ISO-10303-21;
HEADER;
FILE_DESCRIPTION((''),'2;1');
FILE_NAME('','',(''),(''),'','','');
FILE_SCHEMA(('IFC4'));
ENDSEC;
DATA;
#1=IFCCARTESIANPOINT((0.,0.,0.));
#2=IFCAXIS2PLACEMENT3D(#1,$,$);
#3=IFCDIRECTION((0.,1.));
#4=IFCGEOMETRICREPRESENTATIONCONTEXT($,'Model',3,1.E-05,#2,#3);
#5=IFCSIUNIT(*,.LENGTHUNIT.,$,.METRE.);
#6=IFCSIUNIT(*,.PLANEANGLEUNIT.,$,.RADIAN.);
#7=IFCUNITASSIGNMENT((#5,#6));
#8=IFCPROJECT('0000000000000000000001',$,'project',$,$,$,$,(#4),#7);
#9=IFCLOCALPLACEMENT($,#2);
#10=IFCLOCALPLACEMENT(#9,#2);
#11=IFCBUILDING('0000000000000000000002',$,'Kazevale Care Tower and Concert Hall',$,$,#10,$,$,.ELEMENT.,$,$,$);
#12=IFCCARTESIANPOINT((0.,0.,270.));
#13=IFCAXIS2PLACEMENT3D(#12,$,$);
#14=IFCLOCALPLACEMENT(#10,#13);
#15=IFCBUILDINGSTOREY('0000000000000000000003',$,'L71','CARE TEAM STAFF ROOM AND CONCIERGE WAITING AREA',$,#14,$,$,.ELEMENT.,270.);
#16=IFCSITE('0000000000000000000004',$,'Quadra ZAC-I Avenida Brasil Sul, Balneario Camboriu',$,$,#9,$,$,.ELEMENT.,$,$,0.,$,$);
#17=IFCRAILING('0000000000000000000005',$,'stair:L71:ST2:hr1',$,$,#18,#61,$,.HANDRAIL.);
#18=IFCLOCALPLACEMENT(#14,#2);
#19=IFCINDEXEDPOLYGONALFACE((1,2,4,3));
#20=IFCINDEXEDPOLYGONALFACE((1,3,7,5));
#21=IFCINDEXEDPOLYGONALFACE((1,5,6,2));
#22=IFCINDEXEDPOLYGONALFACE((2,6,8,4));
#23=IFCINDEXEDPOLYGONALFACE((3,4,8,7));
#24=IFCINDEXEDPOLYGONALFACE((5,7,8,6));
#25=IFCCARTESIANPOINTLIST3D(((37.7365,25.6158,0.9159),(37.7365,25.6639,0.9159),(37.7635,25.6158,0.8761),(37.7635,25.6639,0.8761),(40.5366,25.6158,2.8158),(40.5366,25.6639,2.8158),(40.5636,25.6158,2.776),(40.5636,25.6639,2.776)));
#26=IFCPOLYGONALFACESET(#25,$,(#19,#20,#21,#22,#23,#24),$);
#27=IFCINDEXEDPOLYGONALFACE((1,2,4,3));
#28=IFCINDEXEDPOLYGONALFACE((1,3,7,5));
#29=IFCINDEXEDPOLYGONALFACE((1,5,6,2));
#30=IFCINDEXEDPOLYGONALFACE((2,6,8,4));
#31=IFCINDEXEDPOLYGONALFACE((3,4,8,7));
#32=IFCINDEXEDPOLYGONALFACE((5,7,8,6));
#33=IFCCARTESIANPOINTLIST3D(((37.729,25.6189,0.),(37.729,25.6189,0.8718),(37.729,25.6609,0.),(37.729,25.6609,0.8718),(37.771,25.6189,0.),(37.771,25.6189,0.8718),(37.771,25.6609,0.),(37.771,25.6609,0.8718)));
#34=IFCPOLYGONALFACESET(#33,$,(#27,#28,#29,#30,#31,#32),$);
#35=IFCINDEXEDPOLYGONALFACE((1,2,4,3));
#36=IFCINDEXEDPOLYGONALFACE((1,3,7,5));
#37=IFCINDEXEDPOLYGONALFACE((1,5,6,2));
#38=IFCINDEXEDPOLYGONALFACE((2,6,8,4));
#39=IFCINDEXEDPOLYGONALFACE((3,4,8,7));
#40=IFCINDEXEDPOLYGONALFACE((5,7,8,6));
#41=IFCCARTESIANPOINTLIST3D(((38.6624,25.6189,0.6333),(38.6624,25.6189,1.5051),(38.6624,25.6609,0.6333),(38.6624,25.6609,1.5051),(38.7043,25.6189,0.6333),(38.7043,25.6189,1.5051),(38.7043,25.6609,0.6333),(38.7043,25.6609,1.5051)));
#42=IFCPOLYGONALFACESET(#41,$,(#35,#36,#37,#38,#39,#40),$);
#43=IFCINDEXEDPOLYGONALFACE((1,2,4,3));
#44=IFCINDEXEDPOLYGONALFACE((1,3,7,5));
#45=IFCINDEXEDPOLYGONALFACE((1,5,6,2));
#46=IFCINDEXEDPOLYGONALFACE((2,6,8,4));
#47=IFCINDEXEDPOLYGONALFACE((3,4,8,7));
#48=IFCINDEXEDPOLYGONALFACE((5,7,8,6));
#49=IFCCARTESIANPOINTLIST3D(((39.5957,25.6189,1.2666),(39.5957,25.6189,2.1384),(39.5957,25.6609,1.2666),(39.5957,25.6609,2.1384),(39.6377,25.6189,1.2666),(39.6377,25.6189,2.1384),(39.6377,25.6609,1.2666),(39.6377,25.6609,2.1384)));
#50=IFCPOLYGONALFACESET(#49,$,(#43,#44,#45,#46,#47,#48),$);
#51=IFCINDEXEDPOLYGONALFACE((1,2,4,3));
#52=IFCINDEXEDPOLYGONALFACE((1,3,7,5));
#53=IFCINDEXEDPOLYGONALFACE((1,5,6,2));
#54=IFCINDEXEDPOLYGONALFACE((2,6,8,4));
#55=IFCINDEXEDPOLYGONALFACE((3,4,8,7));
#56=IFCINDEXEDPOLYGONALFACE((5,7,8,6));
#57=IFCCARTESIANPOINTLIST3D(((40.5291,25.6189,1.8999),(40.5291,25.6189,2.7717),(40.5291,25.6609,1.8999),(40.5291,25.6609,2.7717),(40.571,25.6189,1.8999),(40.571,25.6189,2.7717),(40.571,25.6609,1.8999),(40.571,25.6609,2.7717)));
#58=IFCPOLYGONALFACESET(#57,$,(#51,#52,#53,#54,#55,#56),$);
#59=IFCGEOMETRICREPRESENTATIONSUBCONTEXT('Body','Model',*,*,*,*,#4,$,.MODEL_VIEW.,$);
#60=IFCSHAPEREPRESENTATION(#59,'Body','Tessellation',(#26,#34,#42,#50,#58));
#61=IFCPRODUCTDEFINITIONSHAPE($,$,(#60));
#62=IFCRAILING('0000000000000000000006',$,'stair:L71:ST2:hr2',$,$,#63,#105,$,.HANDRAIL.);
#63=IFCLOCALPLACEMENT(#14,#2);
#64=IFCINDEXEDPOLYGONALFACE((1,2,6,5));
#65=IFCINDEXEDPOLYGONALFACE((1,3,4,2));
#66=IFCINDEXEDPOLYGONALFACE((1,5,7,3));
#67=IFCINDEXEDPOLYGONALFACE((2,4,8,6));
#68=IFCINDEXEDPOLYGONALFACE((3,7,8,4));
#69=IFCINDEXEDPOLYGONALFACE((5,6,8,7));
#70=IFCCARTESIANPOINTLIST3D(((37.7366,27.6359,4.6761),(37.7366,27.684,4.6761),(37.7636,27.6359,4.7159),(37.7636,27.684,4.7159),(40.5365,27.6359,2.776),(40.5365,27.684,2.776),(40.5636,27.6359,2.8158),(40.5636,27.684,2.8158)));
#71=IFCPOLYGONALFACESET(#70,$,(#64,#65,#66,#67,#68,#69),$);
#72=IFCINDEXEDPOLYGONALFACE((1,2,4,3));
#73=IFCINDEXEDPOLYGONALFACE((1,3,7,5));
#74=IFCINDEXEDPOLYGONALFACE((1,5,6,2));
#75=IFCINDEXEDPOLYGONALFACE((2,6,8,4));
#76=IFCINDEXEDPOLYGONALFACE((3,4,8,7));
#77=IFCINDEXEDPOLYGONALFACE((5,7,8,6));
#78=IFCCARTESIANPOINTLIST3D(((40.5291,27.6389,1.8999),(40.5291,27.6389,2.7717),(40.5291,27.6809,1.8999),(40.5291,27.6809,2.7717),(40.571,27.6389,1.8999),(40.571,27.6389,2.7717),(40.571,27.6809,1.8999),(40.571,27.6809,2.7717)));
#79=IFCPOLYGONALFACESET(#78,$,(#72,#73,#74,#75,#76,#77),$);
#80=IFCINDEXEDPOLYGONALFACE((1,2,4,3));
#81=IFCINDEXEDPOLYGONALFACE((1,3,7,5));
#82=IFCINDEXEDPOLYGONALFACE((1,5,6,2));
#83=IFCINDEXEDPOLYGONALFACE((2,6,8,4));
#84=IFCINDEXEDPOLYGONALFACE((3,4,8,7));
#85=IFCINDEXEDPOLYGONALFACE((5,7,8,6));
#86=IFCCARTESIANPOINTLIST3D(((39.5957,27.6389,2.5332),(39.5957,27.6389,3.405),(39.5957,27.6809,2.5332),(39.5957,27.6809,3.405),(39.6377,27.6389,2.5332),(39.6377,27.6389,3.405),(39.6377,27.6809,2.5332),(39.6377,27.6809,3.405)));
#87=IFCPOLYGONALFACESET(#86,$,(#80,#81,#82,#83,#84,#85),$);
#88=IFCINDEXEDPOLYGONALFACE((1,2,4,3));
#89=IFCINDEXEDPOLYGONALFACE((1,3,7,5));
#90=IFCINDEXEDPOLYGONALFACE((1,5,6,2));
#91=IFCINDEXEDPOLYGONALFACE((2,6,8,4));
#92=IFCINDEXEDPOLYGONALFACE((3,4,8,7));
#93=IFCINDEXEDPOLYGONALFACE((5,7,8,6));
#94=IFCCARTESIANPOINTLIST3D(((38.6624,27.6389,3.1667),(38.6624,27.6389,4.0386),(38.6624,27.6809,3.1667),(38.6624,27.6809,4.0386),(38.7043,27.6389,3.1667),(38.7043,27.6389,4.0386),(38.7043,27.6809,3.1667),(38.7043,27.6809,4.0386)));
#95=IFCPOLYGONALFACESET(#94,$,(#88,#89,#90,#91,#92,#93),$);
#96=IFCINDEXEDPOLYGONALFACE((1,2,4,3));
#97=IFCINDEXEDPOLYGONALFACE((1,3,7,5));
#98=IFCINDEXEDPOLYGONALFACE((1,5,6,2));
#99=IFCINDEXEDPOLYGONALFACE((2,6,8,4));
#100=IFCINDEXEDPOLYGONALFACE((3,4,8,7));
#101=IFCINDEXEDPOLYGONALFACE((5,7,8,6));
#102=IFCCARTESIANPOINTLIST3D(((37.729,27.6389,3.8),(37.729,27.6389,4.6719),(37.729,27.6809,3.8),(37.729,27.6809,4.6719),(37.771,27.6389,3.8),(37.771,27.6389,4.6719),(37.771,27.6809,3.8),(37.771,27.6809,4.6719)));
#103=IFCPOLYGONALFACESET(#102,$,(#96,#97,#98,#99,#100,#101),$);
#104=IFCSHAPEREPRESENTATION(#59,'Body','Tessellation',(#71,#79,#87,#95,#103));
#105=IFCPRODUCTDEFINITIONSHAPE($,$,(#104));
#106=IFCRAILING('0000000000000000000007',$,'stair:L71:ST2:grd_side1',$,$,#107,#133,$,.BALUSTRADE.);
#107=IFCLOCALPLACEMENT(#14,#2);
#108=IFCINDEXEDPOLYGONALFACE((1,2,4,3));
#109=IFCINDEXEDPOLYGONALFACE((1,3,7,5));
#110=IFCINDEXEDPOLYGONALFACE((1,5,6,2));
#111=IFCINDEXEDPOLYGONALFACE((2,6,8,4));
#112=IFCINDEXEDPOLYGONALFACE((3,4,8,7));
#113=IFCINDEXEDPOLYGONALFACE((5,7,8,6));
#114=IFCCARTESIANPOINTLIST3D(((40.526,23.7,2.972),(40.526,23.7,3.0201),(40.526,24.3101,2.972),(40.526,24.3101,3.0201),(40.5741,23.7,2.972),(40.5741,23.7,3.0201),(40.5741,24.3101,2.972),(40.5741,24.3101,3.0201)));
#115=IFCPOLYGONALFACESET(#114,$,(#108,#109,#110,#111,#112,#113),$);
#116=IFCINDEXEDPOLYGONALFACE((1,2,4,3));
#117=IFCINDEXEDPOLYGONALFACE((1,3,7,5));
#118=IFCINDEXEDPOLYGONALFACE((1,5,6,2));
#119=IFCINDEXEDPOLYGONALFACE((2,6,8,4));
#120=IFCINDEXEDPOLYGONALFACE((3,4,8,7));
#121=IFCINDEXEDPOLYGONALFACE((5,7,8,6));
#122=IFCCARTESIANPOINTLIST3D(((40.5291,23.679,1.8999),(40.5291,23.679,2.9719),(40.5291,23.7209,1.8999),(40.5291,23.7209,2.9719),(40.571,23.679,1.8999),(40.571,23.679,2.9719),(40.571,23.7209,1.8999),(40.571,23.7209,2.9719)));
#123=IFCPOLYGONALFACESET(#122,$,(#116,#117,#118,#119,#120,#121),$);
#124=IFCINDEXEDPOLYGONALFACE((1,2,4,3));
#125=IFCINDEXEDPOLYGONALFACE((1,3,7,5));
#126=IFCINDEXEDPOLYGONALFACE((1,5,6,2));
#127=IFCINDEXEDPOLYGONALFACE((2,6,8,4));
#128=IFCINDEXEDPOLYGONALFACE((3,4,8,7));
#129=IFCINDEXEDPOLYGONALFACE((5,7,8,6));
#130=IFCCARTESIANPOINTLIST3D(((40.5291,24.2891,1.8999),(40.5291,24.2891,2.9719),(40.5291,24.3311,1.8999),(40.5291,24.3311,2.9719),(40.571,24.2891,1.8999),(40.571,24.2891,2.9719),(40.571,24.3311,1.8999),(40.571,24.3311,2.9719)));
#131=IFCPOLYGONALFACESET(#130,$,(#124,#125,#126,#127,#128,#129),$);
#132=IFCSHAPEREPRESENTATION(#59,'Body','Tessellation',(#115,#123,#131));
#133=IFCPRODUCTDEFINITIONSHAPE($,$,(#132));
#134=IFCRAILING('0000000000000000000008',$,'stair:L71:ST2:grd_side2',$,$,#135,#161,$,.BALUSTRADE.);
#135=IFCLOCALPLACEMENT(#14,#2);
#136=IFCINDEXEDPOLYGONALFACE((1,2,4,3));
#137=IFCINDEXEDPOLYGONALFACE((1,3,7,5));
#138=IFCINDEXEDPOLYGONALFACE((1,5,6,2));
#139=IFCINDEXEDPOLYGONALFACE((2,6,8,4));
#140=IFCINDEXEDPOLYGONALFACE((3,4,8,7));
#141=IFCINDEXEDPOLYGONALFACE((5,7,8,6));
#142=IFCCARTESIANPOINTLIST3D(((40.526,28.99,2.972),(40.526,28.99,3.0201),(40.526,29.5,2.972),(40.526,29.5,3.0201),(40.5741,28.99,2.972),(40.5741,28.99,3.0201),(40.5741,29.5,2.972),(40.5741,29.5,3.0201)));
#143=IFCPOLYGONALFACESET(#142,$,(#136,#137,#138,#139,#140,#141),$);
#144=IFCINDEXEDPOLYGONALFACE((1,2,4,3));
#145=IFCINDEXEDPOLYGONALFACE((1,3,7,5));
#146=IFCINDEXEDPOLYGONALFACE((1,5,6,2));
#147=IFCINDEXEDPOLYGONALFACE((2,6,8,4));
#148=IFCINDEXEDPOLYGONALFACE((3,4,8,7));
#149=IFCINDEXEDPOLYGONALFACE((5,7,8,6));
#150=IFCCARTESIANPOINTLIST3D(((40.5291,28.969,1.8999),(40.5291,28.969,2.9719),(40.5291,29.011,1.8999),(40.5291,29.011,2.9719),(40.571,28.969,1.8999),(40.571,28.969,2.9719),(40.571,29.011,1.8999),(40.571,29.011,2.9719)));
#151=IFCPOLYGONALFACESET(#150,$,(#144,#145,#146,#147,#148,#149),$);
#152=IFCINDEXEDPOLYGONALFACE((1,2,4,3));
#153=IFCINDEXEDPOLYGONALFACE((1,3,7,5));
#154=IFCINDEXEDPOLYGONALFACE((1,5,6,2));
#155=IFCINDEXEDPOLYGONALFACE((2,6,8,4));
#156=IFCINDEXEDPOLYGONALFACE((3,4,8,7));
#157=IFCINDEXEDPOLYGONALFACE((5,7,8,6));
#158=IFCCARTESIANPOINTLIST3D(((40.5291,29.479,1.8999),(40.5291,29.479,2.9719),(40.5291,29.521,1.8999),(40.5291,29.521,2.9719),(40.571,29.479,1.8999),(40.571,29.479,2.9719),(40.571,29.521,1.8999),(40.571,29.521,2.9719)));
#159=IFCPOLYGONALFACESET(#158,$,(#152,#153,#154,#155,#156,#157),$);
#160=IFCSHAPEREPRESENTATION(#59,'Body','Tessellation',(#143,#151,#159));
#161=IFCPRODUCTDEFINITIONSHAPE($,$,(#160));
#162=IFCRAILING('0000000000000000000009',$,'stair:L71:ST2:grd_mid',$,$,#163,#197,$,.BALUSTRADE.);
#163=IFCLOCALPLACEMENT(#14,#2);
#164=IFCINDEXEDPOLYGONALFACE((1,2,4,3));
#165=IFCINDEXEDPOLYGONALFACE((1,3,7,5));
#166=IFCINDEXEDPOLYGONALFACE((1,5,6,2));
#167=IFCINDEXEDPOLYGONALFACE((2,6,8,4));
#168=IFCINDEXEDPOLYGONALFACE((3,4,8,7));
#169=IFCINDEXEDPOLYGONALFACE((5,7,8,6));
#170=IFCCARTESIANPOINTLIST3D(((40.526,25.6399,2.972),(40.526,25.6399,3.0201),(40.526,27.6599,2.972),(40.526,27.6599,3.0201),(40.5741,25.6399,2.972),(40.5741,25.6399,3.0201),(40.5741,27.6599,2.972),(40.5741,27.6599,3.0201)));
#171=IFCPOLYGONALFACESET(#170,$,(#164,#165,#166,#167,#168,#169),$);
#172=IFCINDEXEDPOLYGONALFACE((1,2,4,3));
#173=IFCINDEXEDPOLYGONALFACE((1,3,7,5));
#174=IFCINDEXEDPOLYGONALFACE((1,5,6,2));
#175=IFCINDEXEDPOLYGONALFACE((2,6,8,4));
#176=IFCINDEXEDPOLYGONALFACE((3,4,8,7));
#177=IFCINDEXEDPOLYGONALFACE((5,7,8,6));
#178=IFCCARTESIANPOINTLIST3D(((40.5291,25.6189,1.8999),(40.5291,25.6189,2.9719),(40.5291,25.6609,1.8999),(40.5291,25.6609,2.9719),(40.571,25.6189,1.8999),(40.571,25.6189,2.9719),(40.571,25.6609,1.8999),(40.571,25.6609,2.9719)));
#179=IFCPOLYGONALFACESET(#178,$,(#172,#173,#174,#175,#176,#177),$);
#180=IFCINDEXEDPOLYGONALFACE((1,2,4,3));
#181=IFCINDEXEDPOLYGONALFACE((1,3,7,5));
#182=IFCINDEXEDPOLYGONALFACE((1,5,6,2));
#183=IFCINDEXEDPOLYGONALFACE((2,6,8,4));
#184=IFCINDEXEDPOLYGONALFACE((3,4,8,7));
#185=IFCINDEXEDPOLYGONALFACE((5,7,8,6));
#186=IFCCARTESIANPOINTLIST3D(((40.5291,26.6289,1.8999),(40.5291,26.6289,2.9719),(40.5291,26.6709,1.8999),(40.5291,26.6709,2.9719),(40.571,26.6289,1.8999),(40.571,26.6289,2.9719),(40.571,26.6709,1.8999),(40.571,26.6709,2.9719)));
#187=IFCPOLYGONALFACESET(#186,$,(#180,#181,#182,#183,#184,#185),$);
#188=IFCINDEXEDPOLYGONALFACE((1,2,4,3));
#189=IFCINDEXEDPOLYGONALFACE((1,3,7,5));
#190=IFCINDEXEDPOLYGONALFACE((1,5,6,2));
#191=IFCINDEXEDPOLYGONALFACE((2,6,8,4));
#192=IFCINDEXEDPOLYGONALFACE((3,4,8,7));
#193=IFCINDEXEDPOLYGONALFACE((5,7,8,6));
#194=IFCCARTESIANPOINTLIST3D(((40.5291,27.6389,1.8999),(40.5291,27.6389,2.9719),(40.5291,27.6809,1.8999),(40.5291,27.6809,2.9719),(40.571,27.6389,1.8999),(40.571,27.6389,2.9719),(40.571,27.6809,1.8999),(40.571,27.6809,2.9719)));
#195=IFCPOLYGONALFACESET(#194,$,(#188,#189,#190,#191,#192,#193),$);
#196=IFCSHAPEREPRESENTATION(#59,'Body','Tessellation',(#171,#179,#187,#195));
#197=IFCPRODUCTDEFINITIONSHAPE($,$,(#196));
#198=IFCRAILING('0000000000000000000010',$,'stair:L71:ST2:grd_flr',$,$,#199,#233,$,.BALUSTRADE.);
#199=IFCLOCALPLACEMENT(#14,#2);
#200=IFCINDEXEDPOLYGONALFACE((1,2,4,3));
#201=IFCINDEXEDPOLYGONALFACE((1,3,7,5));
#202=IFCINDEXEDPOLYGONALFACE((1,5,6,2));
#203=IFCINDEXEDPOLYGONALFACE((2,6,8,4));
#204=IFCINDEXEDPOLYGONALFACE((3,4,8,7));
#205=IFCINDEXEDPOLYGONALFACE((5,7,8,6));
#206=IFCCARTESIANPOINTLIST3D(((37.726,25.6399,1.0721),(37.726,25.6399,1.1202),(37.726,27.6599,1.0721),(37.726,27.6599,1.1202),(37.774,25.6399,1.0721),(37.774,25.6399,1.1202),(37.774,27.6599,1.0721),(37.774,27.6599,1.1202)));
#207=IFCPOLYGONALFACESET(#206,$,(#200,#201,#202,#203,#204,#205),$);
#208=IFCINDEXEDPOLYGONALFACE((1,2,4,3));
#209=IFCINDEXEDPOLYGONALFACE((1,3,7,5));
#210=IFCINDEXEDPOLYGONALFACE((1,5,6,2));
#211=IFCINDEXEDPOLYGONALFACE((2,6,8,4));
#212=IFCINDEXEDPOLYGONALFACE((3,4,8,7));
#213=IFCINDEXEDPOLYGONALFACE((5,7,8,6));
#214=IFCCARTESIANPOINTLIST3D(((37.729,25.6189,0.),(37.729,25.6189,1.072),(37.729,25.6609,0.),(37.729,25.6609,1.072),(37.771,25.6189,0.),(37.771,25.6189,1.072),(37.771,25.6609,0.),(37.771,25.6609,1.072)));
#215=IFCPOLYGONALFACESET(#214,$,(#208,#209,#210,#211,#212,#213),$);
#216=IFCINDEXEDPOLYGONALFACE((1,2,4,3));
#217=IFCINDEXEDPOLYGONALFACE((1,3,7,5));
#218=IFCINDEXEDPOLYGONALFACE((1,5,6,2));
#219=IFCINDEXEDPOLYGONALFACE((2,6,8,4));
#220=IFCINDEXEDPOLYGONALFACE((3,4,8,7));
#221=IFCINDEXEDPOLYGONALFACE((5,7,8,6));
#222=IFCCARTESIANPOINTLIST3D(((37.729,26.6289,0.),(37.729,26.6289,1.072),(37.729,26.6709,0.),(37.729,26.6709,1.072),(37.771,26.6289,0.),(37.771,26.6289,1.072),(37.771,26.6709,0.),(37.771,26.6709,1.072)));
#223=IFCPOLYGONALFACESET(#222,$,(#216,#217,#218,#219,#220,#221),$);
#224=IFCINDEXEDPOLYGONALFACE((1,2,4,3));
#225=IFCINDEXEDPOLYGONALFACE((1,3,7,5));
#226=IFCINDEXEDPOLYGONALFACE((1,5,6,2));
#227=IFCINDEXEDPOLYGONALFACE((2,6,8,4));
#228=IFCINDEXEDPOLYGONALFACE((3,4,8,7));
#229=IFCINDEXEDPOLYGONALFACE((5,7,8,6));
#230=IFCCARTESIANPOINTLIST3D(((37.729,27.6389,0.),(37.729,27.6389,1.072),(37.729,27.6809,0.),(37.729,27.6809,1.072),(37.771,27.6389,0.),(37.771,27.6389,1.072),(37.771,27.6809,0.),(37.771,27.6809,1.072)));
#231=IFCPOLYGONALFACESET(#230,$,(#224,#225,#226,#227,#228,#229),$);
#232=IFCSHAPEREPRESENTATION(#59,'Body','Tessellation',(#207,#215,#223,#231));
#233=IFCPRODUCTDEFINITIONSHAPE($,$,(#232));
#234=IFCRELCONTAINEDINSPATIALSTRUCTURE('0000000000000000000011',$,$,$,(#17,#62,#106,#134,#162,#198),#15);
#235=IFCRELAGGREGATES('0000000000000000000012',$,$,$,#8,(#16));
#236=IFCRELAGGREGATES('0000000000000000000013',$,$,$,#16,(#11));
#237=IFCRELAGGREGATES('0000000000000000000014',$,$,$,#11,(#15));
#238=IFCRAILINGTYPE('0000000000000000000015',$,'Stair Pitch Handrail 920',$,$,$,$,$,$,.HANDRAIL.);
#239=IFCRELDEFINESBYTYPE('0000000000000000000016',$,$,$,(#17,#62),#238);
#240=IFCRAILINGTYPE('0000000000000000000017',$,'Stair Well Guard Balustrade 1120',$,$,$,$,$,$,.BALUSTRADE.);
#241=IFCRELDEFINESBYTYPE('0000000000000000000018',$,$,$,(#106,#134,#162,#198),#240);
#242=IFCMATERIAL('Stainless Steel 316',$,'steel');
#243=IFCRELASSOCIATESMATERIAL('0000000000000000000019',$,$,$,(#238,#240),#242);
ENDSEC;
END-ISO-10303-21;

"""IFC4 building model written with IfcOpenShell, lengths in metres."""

from ifc_helpers import new_model, si_unit, direction, frame, origin, origin_2d, place, context, subcontext, project, spatial, rectangle, extrude, material, type_object, element, save


model = new_model("IFC4")

# Units and contexts
model_context = context("Model", 3, precision=1e-05, world=origin(), true_north=direction((0.0, 1.0)))
body_context = subcontext(model_context, "Body", "Model", "MODEL_VIEW")
ifc_project = project(units=[si_unit("LENGTHUNIT", "METRE"), si_unit("PLANEANGLEUNIT", "RADIAN")], contexts=[model_context])

# Site, building, storey
site_placement = place(None, origin())
site = spatial("IfcSite", under=ifc_project, at=site_placement, Name="Quadra ZAC-I Avenida Brasil Sul, Balneario Camboriu", CompositionType="ELEMENT", RefElevation=0.0)
building_placement = place(site_placement, origin())
building = spatial("IfcBuilding", under=site, at=building_placement, Name="Kazevale Care Tower and Concert Hall", CompositionType="ELEMENT")
storey_placement = place(building_placement, frame((0.0, 0.0, 270.0)))
storey = spatial("IfcBuildingStorey", under=building, at=storey_placement, Name="L71", Description="CARE TEAM STAFF ROOM AND CONCIERGE WAITING AREA", CompositionType="ELEMENT", Elevation=270.0)

# Railings
ifc_material_1 = material(Name="Stainless Steel 316", Category="steel")
railing_type_1 = type_object("IfcRailingType", Name="Stair Pitch Handrail 920", PredefinedType="HANDRAIL", material=ifc_material_1)
railing_1_placement = place(storey_placement, frame((37.75, 25.6399, 0.0)))
element("IfcRailing", 1, at=railing_1_placement, inside=storey, type_object=railing_type_1, Name="stair:L71:ST2:hr1", PredefinedType="HANDRAIL", context=body_context, shape_type="SweptSolid", body=[
    extrude(rectangle(XDim=0.0481, YDim=0.0481, at=origin_2d()), frame((0.0, 0.0, 0.896), z_axis=(0.827494, 0.0, 0.561475), x_axis=(0.0, 1.0, 0.0)), (0.0, 0.0, 1.0), 3.3838),
    extrude(rectangle(XDim=0.042, YDim=0.042, at=origin_2d()), origin(), (0.0, 0.0, 1.0), 0.8718),
    extrude(rectangle(XDim=0.042, YDim=0.042, at=origin_2d()), frame((0.9333, 0.0, 0.6333)), (0.0, 0.0, 1.0), 0.8718),
    extrude(rectangle(XDim=0.042, YDim=0.042, at=origin_2d()), frame((1.8667, 0.0, 1.2666)), (0.0, 0.0, 1.0), 0.8718),
    extrude(rectangle(XDim=0.042, YDim=0.042, at=origin_2d()), frame((2.8, 0.0, 1.8999)), (0.0, 0.0, 1.0), 0.8718),
])
railing_2_placement = place(storey_placement, frame((40.55, 27.6599, 1.8999)))
element("IfcRailing", 2, at=railing_2_placement, inside=storey, type_object=railing_type_1, Name="stair:L71:ST2:hr2", PredefinedType="HANDRAIL", context=body_context, shape_type="SweptSolid", body=[
    extrude(rectangle(XDim=0.0481, YDim=0.0481, at=origin_2d()), frame((0.0, 0.0, 0.896), z_axis=(-0.82746, 0.0, 0.561524), x_axis=(0.0, -1.0, 0.0)), (0.0, 0.0, 1.0), 3.3838),
    extrude(rectangle(XDim=0.042, YDim=0.042, at=origin_2d()), origin(), (0.0, 0.0, 1.0), 0.8718),
    extrude(rectangle(XDim=0.042, YDim=0.042, at=origin_2d()), frame((-0.9333, 0.0, 0.6333)), (0.0, 0.0, 1.0), 0.8718),
    extrude(rectangle(XDim=0.042, YDim=0.042, at=origin_2d()), frame((-1.8667, 0.0, 1.2668)), (0.0, 0.0, 1.0), 0.8718),
    extrude(rectangle(XDim=0.042, YDim=0.042, at=origin_2d()), frame((-2.8, 0.0, 1.9001)), (0.0, 0.0, 1.0), 0.8718),
])
railing_type_2 = type_object("IfcRailingType", Name="Stair Well Guard Balustrade 1120", PredefinedType="BALUSTRADE", material=ifc_material_1)
railing_3_placement = place(storey_placement, frame((40.55, 23.7, 1.8999)))
element("IfcRailing", 3, at=railing_3_placement, inside=storey, type_object=railing_type_2, Name="stair:L71:ST2:grd_side1", PredefinedType="BALUSTRADE", context=body_context, shape_type="SweptSolid", body=[
    extrude(rectangle(XDim=0.0481, YDim=0.0481, at=origin_2d()), frame((0.0, 0.0, 1.0962), z_axis=(0.0, 1.0, 0.0), x_axis=(-1.0, 0.0, 0.0)), (0.0, 0.0, 1.0), 0.6101),
    extrude(rectangle(XDim=0.042, YDim=0.042, at=origin_2d()), origin(), (0.0, 0.0, 1.0), 1.072),
    extrude(rectangle(XDim=0.042, YDim=0.042, at=origin_2d()), frame((0.0, 0.6101, 0.0)), (0.0, 0.0, 1.0), 1.072),
])
railing_4_placement = place(storey_placement, frame((40.55, 28.99, 1.8999)))
element("IfcRailing", 4, at=railing_4_placement, inside=storey, type_object=railing_type_2, Name="stair:L71:ST2:grd_side2", PredefinedType="BALUSTRADE", context=body_context, shape_type="SweptSolid", body=[
    extrude(rectangle(XDim=0.0481, YDim=0.0481, at=origin_2d()), frame((0.0, 0.0, 1.0962), z_axis=(0.0, 1.0, 0.0), x_axis=(-1.0, 0.0, 0.0)), (0.0, 0.0, 1.0), 0.51),
    extrude(rectangle(XDim=0.042, YDim=0.042, at=origin_2d()), origin(), (0.0, 0.0, 1.0), 1.072),
    extrude(rectangle(XDim=0.042, YDim=0.042, at=origin_2d()), frame((0.0, 0.51, 0.0)), (0.0, 0.0, 1.0), 1.072),
])
for number, where, name in (
    (5, (40.55, 25.6399, 1.8999), "stair:L71:ST2:grd_mid"),
    (6, (37.75, 25.6399, 0.0), "stair:L71:ST2:grd_flr"),
):
    element("IfcRailing", number, at=place(storey_placement, frame(where)), inside=storey, type_object=railing_type_2, Name=name, PredefinedType="BALUSTRADE", context=body_context, shape_type="SweptSolid", body=[
        extrude(rectangle(XDim=0.0481, YDim=0.0481, at=origin_2d()), frame((0.0, 0.0, 1.0962), z_axis=(0.0, 1.0, 0.0), x_axis=(-1.0, 0.0, 0.0)), (0.0, 0.0, 1.0), 2.02),
        extrude(rectangle(XDim=0.042, YDim=0.042, at=origin_2d()), origin(), (0.0, 0.0, 1.0), 1.072),
        extrude(rectangle(XDim=0.042, YDim=0.042, at=origin_2d()), frame((0.0, 1.01, 0.0)), (0.0, 0.0, 1.0), 1.072),
        extrude(rectangle(XDim=0.042, YDim=0.042, at=origin_2d()), frame((0.0, 2.02, 0.0)), (0.0, 0.0, 1.0), 1.072),
    ])

save(model, "model.ifc")
